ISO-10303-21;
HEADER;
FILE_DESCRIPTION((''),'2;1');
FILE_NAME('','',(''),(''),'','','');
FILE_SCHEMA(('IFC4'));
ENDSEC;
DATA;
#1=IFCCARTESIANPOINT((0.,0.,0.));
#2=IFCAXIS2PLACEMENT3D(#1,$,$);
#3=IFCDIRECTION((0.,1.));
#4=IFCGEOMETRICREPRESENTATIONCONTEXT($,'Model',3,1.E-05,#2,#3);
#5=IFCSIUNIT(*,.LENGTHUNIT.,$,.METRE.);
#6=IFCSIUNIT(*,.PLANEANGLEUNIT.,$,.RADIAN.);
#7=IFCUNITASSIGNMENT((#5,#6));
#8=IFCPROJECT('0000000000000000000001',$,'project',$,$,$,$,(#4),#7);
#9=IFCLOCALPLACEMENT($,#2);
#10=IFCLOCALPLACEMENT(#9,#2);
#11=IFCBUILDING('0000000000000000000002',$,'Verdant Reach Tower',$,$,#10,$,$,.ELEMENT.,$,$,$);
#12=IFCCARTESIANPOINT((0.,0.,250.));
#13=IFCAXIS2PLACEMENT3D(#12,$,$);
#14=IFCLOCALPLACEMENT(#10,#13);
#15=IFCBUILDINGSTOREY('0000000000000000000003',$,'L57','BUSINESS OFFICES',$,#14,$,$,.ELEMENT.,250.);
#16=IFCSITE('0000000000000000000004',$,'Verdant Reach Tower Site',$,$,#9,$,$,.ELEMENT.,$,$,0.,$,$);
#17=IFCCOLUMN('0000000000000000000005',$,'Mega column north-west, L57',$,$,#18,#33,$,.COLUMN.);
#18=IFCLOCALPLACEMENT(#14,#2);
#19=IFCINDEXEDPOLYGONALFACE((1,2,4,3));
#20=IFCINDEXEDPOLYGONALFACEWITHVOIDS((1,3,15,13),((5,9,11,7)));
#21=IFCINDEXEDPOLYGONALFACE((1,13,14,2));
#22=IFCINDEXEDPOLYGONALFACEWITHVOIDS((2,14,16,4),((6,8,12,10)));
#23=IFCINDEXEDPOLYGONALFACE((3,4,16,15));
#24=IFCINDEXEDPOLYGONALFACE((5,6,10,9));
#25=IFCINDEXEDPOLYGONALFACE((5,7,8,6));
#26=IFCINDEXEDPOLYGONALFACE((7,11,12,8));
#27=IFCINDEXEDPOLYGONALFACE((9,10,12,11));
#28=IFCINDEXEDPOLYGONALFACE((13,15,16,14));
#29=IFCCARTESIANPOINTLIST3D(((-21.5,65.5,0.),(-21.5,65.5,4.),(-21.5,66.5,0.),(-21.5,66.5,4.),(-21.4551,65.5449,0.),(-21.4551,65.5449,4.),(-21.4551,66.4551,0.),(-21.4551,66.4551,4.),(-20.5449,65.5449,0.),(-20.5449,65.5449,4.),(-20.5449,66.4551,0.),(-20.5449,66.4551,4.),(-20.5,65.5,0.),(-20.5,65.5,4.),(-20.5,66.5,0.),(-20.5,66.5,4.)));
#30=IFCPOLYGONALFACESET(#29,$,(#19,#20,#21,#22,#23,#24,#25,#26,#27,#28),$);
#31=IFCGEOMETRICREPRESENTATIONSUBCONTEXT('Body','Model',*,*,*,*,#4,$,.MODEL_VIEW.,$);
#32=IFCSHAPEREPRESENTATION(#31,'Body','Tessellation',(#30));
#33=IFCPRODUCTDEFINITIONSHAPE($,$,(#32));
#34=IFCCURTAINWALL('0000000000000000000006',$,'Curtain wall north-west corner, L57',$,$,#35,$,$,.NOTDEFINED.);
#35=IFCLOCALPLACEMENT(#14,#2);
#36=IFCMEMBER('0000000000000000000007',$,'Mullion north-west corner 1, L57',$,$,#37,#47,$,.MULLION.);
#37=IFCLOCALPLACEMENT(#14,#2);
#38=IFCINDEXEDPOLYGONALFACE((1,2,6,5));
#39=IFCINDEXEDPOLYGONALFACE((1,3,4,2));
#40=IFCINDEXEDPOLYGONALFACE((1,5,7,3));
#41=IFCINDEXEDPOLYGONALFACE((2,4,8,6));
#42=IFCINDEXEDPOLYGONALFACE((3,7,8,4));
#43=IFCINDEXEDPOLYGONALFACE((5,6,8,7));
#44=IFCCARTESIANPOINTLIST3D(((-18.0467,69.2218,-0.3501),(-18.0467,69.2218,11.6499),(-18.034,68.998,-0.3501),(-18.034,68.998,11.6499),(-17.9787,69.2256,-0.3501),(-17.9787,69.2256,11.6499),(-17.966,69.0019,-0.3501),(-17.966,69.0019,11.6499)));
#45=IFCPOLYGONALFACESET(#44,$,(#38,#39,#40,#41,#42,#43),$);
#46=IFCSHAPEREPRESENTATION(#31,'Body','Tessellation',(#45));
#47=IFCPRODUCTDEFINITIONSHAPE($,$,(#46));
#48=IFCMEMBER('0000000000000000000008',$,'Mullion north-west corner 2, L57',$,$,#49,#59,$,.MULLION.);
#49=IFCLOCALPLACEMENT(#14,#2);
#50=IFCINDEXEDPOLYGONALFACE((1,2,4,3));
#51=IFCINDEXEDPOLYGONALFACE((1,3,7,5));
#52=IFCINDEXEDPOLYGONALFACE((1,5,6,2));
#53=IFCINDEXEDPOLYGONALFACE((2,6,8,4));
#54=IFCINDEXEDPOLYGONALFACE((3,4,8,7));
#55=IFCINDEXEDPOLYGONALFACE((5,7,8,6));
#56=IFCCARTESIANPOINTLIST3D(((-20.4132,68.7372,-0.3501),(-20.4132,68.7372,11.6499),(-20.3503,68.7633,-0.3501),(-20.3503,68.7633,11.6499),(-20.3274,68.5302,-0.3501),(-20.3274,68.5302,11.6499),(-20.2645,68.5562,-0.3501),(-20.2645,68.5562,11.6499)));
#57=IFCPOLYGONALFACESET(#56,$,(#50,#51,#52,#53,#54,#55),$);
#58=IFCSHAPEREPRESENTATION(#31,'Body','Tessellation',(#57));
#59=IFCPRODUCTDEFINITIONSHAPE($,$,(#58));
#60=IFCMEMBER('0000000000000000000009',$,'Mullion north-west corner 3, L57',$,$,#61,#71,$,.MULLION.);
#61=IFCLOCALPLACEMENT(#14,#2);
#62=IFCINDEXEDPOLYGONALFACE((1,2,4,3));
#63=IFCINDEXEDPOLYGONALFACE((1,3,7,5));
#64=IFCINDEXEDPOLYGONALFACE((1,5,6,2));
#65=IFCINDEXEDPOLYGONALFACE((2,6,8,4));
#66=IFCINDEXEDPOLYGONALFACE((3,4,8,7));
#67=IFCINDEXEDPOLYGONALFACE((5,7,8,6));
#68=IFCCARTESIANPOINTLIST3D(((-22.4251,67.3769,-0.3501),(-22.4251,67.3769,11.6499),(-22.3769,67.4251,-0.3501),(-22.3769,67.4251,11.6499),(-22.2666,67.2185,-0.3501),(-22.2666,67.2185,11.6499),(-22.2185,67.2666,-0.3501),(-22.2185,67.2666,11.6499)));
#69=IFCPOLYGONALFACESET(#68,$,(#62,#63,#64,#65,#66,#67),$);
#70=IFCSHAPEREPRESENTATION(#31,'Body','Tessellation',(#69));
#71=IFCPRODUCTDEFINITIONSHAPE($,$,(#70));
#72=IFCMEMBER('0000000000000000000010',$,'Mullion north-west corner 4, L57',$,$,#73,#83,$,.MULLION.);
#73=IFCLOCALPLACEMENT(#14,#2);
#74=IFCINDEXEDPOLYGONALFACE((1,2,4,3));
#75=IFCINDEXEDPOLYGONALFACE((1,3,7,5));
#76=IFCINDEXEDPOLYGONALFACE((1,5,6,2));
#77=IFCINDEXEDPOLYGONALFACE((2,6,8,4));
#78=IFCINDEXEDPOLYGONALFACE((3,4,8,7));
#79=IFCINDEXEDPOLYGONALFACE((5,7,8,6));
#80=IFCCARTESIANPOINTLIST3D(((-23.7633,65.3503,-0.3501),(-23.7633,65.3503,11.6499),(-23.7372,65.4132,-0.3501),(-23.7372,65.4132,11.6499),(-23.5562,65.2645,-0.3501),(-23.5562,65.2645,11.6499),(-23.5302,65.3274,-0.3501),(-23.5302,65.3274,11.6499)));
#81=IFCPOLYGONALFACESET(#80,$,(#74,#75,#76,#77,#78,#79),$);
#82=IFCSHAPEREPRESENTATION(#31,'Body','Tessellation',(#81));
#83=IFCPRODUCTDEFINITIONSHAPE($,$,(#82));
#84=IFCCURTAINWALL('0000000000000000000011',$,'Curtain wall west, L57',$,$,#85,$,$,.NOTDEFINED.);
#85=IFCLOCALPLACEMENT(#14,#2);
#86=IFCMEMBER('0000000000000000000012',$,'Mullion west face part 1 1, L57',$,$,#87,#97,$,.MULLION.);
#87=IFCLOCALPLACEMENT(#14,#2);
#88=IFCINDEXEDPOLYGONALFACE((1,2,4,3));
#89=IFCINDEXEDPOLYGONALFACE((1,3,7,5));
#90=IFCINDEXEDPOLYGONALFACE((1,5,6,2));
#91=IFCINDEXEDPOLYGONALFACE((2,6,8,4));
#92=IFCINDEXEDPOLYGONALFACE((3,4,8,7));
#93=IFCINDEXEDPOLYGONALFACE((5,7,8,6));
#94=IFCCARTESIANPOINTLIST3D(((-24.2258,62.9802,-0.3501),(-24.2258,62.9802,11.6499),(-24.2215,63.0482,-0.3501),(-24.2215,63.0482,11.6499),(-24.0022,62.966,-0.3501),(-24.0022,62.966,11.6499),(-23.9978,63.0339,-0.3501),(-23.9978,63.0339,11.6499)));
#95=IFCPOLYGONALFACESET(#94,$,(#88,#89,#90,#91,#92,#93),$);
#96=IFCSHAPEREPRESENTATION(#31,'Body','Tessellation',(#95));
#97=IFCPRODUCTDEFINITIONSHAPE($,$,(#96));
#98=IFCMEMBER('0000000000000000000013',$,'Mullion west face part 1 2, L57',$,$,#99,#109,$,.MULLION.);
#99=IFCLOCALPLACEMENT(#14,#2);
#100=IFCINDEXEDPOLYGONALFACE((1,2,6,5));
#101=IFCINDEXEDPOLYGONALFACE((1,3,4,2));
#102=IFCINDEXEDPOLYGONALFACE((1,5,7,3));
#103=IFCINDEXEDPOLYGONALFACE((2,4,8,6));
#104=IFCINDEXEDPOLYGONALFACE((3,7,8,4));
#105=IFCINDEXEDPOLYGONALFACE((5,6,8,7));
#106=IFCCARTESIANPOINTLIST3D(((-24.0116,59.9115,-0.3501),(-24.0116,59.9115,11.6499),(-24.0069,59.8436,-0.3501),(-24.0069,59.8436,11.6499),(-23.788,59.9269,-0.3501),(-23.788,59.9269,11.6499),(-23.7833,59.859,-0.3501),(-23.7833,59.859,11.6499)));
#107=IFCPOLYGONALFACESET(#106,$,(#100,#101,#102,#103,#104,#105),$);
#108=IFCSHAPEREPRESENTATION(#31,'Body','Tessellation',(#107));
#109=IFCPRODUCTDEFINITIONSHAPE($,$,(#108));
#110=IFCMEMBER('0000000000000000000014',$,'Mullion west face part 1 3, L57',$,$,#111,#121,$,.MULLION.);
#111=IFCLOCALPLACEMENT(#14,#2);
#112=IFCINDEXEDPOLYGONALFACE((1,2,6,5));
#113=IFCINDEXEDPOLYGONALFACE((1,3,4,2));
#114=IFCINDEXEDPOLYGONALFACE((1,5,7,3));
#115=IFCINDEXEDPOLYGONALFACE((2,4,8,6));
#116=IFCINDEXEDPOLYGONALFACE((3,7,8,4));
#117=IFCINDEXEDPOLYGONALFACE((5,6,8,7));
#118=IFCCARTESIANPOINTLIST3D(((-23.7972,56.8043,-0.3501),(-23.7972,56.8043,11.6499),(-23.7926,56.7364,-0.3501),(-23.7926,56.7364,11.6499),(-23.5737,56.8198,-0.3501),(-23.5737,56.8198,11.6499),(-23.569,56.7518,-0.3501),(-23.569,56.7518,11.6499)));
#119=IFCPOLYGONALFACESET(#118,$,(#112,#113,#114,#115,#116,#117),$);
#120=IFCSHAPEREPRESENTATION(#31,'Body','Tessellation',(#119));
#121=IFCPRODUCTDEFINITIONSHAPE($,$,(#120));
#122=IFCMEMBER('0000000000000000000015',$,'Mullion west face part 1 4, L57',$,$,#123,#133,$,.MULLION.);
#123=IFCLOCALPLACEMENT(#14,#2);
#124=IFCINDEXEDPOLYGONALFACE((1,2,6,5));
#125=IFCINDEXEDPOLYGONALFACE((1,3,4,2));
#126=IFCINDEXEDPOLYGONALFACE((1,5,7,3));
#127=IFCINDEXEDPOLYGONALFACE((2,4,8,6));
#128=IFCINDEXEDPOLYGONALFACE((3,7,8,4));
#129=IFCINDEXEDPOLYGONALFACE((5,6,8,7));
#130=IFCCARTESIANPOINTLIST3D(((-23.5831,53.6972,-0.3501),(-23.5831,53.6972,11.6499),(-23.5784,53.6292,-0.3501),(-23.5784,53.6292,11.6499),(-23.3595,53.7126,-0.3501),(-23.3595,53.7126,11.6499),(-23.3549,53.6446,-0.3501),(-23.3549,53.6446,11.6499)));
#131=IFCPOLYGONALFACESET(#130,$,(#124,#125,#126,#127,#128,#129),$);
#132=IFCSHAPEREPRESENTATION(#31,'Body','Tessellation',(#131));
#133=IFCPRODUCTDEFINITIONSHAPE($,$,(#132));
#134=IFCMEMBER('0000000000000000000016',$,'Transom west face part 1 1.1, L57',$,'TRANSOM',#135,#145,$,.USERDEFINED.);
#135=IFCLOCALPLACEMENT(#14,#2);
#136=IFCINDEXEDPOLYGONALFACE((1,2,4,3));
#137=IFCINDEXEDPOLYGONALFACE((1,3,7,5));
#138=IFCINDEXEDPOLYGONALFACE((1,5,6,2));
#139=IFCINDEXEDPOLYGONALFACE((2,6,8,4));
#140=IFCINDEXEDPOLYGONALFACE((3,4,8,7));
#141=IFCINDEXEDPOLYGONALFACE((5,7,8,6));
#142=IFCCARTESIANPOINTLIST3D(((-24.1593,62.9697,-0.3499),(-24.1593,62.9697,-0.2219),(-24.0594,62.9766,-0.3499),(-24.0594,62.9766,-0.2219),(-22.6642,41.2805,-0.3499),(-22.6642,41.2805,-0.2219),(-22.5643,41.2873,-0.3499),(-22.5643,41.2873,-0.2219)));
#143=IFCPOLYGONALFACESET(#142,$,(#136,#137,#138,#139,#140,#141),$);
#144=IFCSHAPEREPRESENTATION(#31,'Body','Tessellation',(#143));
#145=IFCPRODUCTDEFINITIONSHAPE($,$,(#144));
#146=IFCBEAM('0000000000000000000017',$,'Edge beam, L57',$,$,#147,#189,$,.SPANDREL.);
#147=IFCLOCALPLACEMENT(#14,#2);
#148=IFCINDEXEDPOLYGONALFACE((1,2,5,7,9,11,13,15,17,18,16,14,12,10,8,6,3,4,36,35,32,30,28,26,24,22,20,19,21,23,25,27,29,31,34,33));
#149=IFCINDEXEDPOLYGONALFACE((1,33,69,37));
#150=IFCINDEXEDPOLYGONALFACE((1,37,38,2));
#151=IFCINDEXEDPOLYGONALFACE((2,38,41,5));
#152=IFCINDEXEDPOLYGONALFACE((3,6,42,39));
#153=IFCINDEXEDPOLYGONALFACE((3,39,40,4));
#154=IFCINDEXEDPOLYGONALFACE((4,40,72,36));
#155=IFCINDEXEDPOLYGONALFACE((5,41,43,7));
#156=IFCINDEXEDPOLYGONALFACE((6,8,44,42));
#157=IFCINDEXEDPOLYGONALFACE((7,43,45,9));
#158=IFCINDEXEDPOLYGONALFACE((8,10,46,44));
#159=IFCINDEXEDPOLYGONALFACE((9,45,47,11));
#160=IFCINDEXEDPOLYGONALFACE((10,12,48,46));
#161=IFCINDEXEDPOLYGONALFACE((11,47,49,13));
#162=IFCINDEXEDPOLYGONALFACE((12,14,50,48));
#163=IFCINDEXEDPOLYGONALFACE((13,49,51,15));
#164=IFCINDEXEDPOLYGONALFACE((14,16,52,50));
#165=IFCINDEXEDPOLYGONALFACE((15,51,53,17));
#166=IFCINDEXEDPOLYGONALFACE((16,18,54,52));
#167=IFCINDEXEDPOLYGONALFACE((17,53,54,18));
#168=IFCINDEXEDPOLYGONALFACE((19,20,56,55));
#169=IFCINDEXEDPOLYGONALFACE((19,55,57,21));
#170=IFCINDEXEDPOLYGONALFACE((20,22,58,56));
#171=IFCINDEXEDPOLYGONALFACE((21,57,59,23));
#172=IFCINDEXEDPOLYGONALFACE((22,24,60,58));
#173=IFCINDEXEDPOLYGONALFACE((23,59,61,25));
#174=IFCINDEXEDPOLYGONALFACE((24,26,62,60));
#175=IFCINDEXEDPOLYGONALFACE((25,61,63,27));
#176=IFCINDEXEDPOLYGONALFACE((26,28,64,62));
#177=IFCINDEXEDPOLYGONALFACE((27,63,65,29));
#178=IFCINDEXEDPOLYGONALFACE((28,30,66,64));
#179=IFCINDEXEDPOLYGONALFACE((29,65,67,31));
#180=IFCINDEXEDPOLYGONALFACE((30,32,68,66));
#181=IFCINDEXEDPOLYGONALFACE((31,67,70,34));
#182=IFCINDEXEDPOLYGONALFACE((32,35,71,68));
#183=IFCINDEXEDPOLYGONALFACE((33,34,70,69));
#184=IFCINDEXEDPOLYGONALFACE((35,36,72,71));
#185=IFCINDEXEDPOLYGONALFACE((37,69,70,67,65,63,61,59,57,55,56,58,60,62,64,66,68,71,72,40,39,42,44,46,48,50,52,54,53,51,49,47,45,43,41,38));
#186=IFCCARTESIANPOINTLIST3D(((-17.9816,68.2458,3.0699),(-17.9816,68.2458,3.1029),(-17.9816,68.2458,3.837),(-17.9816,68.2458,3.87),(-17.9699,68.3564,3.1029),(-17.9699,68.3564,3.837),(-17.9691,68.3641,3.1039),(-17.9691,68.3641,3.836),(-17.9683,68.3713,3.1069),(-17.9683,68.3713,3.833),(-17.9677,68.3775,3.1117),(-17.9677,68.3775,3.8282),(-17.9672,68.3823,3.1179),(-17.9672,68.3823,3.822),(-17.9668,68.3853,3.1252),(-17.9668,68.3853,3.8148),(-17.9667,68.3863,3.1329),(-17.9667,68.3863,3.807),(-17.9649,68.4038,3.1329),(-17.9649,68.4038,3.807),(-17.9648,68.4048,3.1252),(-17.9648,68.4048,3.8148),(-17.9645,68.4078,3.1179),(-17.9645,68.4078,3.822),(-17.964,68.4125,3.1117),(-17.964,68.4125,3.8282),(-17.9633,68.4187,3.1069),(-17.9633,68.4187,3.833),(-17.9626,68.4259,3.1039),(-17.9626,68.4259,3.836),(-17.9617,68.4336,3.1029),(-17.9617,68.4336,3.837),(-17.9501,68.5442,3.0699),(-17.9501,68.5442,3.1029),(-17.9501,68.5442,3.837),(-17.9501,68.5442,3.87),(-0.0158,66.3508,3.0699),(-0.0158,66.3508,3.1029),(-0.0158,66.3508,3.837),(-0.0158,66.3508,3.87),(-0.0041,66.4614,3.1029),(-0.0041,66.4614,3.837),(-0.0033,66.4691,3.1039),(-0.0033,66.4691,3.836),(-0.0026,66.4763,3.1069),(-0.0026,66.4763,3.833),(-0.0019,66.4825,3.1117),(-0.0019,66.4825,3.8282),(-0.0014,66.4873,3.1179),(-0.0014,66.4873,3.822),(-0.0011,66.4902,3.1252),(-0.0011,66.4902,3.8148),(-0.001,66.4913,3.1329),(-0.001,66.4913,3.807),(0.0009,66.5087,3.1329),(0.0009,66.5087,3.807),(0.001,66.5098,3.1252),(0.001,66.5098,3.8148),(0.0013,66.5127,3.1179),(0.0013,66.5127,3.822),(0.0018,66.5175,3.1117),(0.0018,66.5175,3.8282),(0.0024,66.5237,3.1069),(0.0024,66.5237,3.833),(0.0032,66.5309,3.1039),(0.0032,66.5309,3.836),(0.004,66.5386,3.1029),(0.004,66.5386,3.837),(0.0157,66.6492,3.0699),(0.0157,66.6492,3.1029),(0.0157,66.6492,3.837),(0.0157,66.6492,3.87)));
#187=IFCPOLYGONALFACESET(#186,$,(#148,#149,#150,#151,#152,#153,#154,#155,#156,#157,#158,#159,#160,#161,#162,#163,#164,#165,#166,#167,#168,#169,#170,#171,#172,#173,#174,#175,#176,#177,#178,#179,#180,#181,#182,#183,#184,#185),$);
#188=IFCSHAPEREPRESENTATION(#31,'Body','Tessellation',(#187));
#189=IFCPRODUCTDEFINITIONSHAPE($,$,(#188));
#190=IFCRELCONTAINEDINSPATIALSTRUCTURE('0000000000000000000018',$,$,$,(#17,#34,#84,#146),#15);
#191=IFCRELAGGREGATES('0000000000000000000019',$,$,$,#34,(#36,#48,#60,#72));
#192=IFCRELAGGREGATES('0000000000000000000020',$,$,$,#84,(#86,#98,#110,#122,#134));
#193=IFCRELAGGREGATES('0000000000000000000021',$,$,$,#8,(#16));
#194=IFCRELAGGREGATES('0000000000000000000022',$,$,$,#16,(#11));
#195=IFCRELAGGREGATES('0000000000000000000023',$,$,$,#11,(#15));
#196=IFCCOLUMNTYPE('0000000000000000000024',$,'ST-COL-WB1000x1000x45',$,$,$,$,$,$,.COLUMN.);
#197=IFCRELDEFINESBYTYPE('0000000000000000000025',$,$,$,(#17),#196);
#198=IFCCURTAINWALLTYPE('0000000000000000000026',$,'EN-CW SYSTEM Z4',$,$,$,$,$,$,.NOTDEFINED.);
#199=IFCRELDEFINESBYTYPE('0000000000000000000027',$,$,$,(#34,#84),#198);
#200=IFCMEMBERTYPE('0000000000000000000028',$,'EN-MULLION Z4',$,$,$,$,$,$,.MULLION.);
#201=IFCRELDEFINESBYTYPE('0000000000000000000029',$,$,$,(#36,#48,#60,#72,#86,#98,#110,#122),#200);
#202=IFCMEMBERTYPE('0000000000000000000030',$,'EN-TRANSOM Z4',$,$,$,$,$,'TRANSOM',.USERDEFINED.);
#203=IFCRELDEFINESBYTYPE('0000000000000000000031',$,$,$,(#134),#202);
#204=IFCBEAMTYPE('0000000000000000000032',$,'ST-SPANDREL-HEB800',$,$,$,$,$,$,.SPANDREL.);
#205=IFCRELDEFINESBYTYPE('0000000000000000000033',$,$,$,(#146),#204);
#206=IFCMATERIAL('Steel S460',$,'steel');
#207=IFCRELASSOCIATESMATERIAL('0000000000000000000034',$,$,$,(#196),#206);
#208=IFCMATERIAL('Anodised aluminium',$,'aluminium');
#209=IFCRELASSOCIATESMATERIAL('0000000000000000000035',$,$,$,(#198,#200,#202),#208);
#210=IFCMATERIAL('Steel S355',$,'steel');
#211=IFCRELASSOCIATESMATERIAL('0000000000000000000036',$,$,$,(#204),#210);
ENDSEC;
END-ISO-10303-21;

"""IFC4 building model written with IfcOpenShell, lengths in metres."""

from ifc_helpers import new_model, si_unit, direction, frame, origin, origin_2d, place, context, subcontext, project, spatial, rectangle, hollow_rectangle, i_section, extrude, material, material_profile, profile_set, type_object, element, aggregate, save


model = new_model("IFC4")

# Units and contexts
model_context = context("Model", 3, precision=1e-05, world=origin(), true_north=direction((0.0, 1.0)))
body_context = subcontext(model_context, "Body", "Model", "MODEL_VIEW")
ifc_project = project(units=[si_unit("LENGTHUNIT", "METRE"), si_unit("PLANEANGLEUNIT", "RADIAN")], contexts=[model_context])

# Site, building, storey
site_placement = place(None, origin())
site = spatial("IfcSite", under=ifc_project, at=site_placement, Name="Verdant Reach Tower Site", CompositionType="ELEMENT", RefElevation=0.0)
building_placement = place(site_placement, origin())
building = spatial("IfcBuilding", under=site, at=building_placement, Name="Verdant Reach Tower", CompositionType="ELEMENT")
storey_placement = place(building_placement, frame((0.0, 0.0, 250.0)))
storey = spatial("IfcBuildingStorey", under=building, at=storey_placement, Name="L57", Description="BUSINESS OFFICES", CompositionType="ELEMENT", Elevation=250.0)

# Column
ifc_material_1 = material(Name="Steel S460", Category="steel")
ifc_material_profile_1 = material_profile(ifc_material_1, hollow_rectangle(XDim=1.0, YDim=1.0, WallThickness=0.0449, at=origin_2d()), Name="WB 1000x1000x45")
ifc_profile_set_1 = profile_set([ifc_material_profile_1], Name="Steel S460")
column_type = type_object("IfcColumnType", Name="ST-COL-WB1000x1000x45", PredefinedType="COLUMN", material=ifc_profile_set_1)
column_placement = place(storey_placement, frame((-21.0, 66.0, 0.0), z_axis=(0.0, 0.0, 1.0), x_axis=(1.0, 0.0, 0.0)))
element("IfcColumn", 1, at=column_placement, inside=storey, type_object=column_type, Name="Mega column north-west, L57", PredefinedType="COLUMN", context=body_context, shape_type="SweptSolid", body=[
    extrude(hollow_rectangle(XDim=1.0, YDim=1.0, WallThickness=0.0449, at=origin_2d()), origin(), (0.0, 0.0, 1.0), 4.0),
])

# Curtain walls, members
ifc_material_2 = material(Name="Anodised aluminium", Category="aluminium")
curtain_wall_type = type_object("IfcCurtainWallType", Name="EN-CW SYSTEM Z4", PredefinedType="NOTDEFINED", material=ifc_material_2)
curtain_wall_1_placement = place(storey_placement, origin())
curtain_wall_1 = element("IfcCurtainWall", 2, at=curtain_wall_1_placement, inside=storey, type_object=curtain_wall_type, Name="Curtain wall north-west corner, L57", PredefinedType="NOTDEFINED")
ifc_material_profile_2 = material_profile(ifc_material_2, rectangle(XDim=0.2241, YDim=0.0681, at=origin_2d()), Name="Mullion 68x224")
ifc_profile_set_2 = profile_set([ifc_material_profile_2], Name="Anodised aluminium")
member_type_1 = type_object("IfcMemberType", Name="EN-MULLION Z4", PredefinedType="MULLION", material=ifc_profile_set_2)
member_1_placement = place(storey_placement, frame((-18.0063, 69.1118, -0.3501), z_axis=(0.0, 0.0, 1.0), x_axis=(-0.056569, 0.998399, 0.0)))
member_1 = element("IfcMember", 3, at=member_1_placement, type_object=member_type_1, Name="Mullion north-west corner 1, L57", PredefinedType="MULLION", context=body_context, shape_type="SweptSolid", body=[
    extrude(rectangle(XDim=0.2241, YDim=0.0681, at=origin_2d()), origin(), (0.0, 0.0, 1.0), 12.0),
])
member_2_placement = place(storey_placement, frame((-20.3389, 68.6467, -0.3501), z_axis=(0.0, 0.0, 1.0), x_axis=(-0.382694, 0.923875, 0.0)))
member_2 = element("IfcMember", 4, at=member_2_placement, type_object=member_type_1, Name="Mullion north-west corner 2, L57", PredefinedType="MULLION", context=body_context, shape_type="SweptSolid", body=[
    extrude(rectangle(XDim=0.2241, YDim=0.0681, at=origin_2d()), origin(), (0.0, 0.0, 1.0), 12.0),
])
member_3_placement = place(storey_placement, frame((-22.3218, 67.3218, -0.3501), z_axis=(0.0, 0.0, 1.0), x_axis=(-0.707107, 0.707107, 0.0)))
member_3 = element("IfcMember", 5, at=member_3_placement, type_object=member_type_1, Name="Mullion north-west corner 3, L57", PredefinedType="MULLION", context=body_context, shape_type="SweptSolid", body=[
    extrude(rectangle(XDim=0.2241, YDim=0.0681, at=origin_2d()), origin(), (0.0, 0.0, 1.0), 12.0),
])
member_4_placement = place(storey_placement, frame((-23.6467, 65.3389, -0.3501), z_axis=(0.0, 0.0, 1.0), x_axis=(-0.923875, 0.382694, 0.0)))
member_4 = element("IfcMember", 6, at=member_4_placement, type_object=member_type_1, Name="Mullion north-west corner 4, L57", PredefinedType="MULLION", context=body_context, shape_type="SweptSolid", body=[
    extrude(rectangle(XDim=0.2241, YDim=0.0681, at=origin_2d()), origin(), (0.0, 0.0, 1.0), 12.0),
])
curtain_wall_2_placement = place(storey_placement, origin())
curtain_wall_2 = element("IfcCurtainWall", 7, at=curtain_wall_2_placement, inside=storey, type_object=curtain_wall_type, Name="Curtain wall west, L57", PredefinedType="NOTDEFINED")
member_5_placement = place(storey_placement, frame((-24.1118, 63.0071, -0.3501), z_axis=(0.0, 0.0, 1.0), x_axis=(-0.997969, 0.063699, 0.0)))
member_5 = element("IfcMember", 8, at=member_5_placement, type_object=member_type_1, Name="Mullion west face part 1 1, L57", PredefinedType="MULLION", context=body_context, shape_type="SweptSolid", body=[
    extrude(rectangle(XDim=0.2241, YDim=0.0681, at=origin_2d()), origin(), (0.0, 0.0, 1.0), 12.0),
])
member_6_placement = place(storey_placement, frame((-23.8975, 59.8853, -0.3501), z_axis=(0.0, 0.0, 1.0), x_axis=(-0.99763, -0.068802, 0.0)))
member_6 = element("IfcMember", 9, at=member_6_placement, type_object=member_type_1, Name="Mullion west face part 1 2, L57", PredefinedType="MULLION", context=body_context, shape_type="SweptSolid", body=[
    extrude(rectangle(XDim=0.2241, YDim=0.0681, at=origin_2d()), origin(), (0.0, 0.0, 1.0), 12.0),
])
member_7_placement = place(storey_placement, frame((-23.6831, 56.7781, -0.3501), z_axis=(0.0, 0.0, 1.0), x_axis=(-0.99763, -0.068802, 0.0)))
member_7 = element("IfcMember", 10, at=member_7_placement, type_object=member_type_1, Name="Mullion west face part 1 3, L57", PredefinedType="MULLION", context=body_context, shape_type="SweptSolid", body=[
    extrude(rectangle(XDim=0.2241, YDim=0.0681, at=origin_2d()), origin(), (0.0, 0.0, 1.0), 12.0),
])
member_8_placement = place(storey_placement, frame((-23.469, 53.6709, -0.3501), z_axis=(0.0, 0.0, 1.0), x_axis=(-0.99763, -0.068802, 0.0)))
member_8 = element("IfcMember", 11, at=member_8_placement, type_object=member_type_1, Name="Mullion west face part 1 4, L57", PredefinedType="MULLION", context=body_context, shape_type="SweptSolid", body=[
    extrude(rectangle(XDim=0.2241, YDim=0.0681, at=origin_2d()), origin(), (0.0, 0.0, 1.0), 12.0),
])
ifc_material_profile_3 = material_profile(ifc_material_2, rectangle(XDim=0.1001, YDim=0.1279, at=origin_2d()), Name="Transom 128x100")
ifc_profile_set_3 = profile_set([ifc_material_profile_3], Name="Anodised aluminium")
member_type_2 = type_object("IfcMemberType", Name="EN-TRANSOM Z4", ElementType="TRANSOM", PredefinedType="USERDEFINED", material=ifc_profile_set_3)
member_9_placement = place(storey_placement, frame((-24.1094, 62.9731, -0.2859), z_axis=(0.06877, -0.997633, 0.0), x_axis=(0.997633, 0.06877, 0.0)))
member_9 = element("IfcMember", 12, at=member_9_placement, type_object=member_type_2, Name="Transom west face part 1 1.1, L57", ObjectType="TRANSOM", PredefinedType="USERDEFINED", context=body_context, shape_type="SweptSolid", body=[
    extrude(rectangle(XDim=0.1001, YDim=0.1279, at=origin_2d()), origin(), (0.0, 0.0, 1.0), 21.7407),
])

# Beam
ifc_material_3 = material(Name="Steel S355", Category="steel")
ifc_material_profile_4 = material_profile(ifc_material_3, i_section(OverallWidth=0.3, OverallDepth=0.8, WebThickness=0.0176, FlangeThickness=0.033, FilletRadius=0.03, at=origin_2d()), Name="HEB 800")
ifc_profile_set_4 = profile_set([ifc_material_profile_4], Name="Steel S355")
beam_type_1 = type_object("IfcBeamType", Name="ST-SPANDREL-HEB800", PredefinedType="SPANDREL", material=ifc_profile_set_4)
beam_1_placement = place(storey_placement, frame((-17.9658, 68.395, 3.47), z_axis=(0.994483, -0.104897, 0.0), x_axis=(0.104897, 0.994483, 0.0)))
element("IfcBeam", 13, at=beam_1_placement, inside=storey, type_object=beam_type_1, Name="Edge beam, L57", PredefinedType="SPANDREL", context=body_context, shape_type="SweptSolid", body=[
    extrude(i_section(OverallWidth=0.3, OverallDepth=0.8, WebThickness=0.0176, FlangeThickness=0.033, FilletRadius=0.03, at=origin_2d()), origin(), (0.0, 0.0, 1.0), 18.0654),
])

aggregate(curtain_wall_1, [member_1, member_2, member_3, member_4])
aggregate(curtain_wall_2, [member_5, member_6, member_7, member_8, member_9])

save(model, "model.ifc")
